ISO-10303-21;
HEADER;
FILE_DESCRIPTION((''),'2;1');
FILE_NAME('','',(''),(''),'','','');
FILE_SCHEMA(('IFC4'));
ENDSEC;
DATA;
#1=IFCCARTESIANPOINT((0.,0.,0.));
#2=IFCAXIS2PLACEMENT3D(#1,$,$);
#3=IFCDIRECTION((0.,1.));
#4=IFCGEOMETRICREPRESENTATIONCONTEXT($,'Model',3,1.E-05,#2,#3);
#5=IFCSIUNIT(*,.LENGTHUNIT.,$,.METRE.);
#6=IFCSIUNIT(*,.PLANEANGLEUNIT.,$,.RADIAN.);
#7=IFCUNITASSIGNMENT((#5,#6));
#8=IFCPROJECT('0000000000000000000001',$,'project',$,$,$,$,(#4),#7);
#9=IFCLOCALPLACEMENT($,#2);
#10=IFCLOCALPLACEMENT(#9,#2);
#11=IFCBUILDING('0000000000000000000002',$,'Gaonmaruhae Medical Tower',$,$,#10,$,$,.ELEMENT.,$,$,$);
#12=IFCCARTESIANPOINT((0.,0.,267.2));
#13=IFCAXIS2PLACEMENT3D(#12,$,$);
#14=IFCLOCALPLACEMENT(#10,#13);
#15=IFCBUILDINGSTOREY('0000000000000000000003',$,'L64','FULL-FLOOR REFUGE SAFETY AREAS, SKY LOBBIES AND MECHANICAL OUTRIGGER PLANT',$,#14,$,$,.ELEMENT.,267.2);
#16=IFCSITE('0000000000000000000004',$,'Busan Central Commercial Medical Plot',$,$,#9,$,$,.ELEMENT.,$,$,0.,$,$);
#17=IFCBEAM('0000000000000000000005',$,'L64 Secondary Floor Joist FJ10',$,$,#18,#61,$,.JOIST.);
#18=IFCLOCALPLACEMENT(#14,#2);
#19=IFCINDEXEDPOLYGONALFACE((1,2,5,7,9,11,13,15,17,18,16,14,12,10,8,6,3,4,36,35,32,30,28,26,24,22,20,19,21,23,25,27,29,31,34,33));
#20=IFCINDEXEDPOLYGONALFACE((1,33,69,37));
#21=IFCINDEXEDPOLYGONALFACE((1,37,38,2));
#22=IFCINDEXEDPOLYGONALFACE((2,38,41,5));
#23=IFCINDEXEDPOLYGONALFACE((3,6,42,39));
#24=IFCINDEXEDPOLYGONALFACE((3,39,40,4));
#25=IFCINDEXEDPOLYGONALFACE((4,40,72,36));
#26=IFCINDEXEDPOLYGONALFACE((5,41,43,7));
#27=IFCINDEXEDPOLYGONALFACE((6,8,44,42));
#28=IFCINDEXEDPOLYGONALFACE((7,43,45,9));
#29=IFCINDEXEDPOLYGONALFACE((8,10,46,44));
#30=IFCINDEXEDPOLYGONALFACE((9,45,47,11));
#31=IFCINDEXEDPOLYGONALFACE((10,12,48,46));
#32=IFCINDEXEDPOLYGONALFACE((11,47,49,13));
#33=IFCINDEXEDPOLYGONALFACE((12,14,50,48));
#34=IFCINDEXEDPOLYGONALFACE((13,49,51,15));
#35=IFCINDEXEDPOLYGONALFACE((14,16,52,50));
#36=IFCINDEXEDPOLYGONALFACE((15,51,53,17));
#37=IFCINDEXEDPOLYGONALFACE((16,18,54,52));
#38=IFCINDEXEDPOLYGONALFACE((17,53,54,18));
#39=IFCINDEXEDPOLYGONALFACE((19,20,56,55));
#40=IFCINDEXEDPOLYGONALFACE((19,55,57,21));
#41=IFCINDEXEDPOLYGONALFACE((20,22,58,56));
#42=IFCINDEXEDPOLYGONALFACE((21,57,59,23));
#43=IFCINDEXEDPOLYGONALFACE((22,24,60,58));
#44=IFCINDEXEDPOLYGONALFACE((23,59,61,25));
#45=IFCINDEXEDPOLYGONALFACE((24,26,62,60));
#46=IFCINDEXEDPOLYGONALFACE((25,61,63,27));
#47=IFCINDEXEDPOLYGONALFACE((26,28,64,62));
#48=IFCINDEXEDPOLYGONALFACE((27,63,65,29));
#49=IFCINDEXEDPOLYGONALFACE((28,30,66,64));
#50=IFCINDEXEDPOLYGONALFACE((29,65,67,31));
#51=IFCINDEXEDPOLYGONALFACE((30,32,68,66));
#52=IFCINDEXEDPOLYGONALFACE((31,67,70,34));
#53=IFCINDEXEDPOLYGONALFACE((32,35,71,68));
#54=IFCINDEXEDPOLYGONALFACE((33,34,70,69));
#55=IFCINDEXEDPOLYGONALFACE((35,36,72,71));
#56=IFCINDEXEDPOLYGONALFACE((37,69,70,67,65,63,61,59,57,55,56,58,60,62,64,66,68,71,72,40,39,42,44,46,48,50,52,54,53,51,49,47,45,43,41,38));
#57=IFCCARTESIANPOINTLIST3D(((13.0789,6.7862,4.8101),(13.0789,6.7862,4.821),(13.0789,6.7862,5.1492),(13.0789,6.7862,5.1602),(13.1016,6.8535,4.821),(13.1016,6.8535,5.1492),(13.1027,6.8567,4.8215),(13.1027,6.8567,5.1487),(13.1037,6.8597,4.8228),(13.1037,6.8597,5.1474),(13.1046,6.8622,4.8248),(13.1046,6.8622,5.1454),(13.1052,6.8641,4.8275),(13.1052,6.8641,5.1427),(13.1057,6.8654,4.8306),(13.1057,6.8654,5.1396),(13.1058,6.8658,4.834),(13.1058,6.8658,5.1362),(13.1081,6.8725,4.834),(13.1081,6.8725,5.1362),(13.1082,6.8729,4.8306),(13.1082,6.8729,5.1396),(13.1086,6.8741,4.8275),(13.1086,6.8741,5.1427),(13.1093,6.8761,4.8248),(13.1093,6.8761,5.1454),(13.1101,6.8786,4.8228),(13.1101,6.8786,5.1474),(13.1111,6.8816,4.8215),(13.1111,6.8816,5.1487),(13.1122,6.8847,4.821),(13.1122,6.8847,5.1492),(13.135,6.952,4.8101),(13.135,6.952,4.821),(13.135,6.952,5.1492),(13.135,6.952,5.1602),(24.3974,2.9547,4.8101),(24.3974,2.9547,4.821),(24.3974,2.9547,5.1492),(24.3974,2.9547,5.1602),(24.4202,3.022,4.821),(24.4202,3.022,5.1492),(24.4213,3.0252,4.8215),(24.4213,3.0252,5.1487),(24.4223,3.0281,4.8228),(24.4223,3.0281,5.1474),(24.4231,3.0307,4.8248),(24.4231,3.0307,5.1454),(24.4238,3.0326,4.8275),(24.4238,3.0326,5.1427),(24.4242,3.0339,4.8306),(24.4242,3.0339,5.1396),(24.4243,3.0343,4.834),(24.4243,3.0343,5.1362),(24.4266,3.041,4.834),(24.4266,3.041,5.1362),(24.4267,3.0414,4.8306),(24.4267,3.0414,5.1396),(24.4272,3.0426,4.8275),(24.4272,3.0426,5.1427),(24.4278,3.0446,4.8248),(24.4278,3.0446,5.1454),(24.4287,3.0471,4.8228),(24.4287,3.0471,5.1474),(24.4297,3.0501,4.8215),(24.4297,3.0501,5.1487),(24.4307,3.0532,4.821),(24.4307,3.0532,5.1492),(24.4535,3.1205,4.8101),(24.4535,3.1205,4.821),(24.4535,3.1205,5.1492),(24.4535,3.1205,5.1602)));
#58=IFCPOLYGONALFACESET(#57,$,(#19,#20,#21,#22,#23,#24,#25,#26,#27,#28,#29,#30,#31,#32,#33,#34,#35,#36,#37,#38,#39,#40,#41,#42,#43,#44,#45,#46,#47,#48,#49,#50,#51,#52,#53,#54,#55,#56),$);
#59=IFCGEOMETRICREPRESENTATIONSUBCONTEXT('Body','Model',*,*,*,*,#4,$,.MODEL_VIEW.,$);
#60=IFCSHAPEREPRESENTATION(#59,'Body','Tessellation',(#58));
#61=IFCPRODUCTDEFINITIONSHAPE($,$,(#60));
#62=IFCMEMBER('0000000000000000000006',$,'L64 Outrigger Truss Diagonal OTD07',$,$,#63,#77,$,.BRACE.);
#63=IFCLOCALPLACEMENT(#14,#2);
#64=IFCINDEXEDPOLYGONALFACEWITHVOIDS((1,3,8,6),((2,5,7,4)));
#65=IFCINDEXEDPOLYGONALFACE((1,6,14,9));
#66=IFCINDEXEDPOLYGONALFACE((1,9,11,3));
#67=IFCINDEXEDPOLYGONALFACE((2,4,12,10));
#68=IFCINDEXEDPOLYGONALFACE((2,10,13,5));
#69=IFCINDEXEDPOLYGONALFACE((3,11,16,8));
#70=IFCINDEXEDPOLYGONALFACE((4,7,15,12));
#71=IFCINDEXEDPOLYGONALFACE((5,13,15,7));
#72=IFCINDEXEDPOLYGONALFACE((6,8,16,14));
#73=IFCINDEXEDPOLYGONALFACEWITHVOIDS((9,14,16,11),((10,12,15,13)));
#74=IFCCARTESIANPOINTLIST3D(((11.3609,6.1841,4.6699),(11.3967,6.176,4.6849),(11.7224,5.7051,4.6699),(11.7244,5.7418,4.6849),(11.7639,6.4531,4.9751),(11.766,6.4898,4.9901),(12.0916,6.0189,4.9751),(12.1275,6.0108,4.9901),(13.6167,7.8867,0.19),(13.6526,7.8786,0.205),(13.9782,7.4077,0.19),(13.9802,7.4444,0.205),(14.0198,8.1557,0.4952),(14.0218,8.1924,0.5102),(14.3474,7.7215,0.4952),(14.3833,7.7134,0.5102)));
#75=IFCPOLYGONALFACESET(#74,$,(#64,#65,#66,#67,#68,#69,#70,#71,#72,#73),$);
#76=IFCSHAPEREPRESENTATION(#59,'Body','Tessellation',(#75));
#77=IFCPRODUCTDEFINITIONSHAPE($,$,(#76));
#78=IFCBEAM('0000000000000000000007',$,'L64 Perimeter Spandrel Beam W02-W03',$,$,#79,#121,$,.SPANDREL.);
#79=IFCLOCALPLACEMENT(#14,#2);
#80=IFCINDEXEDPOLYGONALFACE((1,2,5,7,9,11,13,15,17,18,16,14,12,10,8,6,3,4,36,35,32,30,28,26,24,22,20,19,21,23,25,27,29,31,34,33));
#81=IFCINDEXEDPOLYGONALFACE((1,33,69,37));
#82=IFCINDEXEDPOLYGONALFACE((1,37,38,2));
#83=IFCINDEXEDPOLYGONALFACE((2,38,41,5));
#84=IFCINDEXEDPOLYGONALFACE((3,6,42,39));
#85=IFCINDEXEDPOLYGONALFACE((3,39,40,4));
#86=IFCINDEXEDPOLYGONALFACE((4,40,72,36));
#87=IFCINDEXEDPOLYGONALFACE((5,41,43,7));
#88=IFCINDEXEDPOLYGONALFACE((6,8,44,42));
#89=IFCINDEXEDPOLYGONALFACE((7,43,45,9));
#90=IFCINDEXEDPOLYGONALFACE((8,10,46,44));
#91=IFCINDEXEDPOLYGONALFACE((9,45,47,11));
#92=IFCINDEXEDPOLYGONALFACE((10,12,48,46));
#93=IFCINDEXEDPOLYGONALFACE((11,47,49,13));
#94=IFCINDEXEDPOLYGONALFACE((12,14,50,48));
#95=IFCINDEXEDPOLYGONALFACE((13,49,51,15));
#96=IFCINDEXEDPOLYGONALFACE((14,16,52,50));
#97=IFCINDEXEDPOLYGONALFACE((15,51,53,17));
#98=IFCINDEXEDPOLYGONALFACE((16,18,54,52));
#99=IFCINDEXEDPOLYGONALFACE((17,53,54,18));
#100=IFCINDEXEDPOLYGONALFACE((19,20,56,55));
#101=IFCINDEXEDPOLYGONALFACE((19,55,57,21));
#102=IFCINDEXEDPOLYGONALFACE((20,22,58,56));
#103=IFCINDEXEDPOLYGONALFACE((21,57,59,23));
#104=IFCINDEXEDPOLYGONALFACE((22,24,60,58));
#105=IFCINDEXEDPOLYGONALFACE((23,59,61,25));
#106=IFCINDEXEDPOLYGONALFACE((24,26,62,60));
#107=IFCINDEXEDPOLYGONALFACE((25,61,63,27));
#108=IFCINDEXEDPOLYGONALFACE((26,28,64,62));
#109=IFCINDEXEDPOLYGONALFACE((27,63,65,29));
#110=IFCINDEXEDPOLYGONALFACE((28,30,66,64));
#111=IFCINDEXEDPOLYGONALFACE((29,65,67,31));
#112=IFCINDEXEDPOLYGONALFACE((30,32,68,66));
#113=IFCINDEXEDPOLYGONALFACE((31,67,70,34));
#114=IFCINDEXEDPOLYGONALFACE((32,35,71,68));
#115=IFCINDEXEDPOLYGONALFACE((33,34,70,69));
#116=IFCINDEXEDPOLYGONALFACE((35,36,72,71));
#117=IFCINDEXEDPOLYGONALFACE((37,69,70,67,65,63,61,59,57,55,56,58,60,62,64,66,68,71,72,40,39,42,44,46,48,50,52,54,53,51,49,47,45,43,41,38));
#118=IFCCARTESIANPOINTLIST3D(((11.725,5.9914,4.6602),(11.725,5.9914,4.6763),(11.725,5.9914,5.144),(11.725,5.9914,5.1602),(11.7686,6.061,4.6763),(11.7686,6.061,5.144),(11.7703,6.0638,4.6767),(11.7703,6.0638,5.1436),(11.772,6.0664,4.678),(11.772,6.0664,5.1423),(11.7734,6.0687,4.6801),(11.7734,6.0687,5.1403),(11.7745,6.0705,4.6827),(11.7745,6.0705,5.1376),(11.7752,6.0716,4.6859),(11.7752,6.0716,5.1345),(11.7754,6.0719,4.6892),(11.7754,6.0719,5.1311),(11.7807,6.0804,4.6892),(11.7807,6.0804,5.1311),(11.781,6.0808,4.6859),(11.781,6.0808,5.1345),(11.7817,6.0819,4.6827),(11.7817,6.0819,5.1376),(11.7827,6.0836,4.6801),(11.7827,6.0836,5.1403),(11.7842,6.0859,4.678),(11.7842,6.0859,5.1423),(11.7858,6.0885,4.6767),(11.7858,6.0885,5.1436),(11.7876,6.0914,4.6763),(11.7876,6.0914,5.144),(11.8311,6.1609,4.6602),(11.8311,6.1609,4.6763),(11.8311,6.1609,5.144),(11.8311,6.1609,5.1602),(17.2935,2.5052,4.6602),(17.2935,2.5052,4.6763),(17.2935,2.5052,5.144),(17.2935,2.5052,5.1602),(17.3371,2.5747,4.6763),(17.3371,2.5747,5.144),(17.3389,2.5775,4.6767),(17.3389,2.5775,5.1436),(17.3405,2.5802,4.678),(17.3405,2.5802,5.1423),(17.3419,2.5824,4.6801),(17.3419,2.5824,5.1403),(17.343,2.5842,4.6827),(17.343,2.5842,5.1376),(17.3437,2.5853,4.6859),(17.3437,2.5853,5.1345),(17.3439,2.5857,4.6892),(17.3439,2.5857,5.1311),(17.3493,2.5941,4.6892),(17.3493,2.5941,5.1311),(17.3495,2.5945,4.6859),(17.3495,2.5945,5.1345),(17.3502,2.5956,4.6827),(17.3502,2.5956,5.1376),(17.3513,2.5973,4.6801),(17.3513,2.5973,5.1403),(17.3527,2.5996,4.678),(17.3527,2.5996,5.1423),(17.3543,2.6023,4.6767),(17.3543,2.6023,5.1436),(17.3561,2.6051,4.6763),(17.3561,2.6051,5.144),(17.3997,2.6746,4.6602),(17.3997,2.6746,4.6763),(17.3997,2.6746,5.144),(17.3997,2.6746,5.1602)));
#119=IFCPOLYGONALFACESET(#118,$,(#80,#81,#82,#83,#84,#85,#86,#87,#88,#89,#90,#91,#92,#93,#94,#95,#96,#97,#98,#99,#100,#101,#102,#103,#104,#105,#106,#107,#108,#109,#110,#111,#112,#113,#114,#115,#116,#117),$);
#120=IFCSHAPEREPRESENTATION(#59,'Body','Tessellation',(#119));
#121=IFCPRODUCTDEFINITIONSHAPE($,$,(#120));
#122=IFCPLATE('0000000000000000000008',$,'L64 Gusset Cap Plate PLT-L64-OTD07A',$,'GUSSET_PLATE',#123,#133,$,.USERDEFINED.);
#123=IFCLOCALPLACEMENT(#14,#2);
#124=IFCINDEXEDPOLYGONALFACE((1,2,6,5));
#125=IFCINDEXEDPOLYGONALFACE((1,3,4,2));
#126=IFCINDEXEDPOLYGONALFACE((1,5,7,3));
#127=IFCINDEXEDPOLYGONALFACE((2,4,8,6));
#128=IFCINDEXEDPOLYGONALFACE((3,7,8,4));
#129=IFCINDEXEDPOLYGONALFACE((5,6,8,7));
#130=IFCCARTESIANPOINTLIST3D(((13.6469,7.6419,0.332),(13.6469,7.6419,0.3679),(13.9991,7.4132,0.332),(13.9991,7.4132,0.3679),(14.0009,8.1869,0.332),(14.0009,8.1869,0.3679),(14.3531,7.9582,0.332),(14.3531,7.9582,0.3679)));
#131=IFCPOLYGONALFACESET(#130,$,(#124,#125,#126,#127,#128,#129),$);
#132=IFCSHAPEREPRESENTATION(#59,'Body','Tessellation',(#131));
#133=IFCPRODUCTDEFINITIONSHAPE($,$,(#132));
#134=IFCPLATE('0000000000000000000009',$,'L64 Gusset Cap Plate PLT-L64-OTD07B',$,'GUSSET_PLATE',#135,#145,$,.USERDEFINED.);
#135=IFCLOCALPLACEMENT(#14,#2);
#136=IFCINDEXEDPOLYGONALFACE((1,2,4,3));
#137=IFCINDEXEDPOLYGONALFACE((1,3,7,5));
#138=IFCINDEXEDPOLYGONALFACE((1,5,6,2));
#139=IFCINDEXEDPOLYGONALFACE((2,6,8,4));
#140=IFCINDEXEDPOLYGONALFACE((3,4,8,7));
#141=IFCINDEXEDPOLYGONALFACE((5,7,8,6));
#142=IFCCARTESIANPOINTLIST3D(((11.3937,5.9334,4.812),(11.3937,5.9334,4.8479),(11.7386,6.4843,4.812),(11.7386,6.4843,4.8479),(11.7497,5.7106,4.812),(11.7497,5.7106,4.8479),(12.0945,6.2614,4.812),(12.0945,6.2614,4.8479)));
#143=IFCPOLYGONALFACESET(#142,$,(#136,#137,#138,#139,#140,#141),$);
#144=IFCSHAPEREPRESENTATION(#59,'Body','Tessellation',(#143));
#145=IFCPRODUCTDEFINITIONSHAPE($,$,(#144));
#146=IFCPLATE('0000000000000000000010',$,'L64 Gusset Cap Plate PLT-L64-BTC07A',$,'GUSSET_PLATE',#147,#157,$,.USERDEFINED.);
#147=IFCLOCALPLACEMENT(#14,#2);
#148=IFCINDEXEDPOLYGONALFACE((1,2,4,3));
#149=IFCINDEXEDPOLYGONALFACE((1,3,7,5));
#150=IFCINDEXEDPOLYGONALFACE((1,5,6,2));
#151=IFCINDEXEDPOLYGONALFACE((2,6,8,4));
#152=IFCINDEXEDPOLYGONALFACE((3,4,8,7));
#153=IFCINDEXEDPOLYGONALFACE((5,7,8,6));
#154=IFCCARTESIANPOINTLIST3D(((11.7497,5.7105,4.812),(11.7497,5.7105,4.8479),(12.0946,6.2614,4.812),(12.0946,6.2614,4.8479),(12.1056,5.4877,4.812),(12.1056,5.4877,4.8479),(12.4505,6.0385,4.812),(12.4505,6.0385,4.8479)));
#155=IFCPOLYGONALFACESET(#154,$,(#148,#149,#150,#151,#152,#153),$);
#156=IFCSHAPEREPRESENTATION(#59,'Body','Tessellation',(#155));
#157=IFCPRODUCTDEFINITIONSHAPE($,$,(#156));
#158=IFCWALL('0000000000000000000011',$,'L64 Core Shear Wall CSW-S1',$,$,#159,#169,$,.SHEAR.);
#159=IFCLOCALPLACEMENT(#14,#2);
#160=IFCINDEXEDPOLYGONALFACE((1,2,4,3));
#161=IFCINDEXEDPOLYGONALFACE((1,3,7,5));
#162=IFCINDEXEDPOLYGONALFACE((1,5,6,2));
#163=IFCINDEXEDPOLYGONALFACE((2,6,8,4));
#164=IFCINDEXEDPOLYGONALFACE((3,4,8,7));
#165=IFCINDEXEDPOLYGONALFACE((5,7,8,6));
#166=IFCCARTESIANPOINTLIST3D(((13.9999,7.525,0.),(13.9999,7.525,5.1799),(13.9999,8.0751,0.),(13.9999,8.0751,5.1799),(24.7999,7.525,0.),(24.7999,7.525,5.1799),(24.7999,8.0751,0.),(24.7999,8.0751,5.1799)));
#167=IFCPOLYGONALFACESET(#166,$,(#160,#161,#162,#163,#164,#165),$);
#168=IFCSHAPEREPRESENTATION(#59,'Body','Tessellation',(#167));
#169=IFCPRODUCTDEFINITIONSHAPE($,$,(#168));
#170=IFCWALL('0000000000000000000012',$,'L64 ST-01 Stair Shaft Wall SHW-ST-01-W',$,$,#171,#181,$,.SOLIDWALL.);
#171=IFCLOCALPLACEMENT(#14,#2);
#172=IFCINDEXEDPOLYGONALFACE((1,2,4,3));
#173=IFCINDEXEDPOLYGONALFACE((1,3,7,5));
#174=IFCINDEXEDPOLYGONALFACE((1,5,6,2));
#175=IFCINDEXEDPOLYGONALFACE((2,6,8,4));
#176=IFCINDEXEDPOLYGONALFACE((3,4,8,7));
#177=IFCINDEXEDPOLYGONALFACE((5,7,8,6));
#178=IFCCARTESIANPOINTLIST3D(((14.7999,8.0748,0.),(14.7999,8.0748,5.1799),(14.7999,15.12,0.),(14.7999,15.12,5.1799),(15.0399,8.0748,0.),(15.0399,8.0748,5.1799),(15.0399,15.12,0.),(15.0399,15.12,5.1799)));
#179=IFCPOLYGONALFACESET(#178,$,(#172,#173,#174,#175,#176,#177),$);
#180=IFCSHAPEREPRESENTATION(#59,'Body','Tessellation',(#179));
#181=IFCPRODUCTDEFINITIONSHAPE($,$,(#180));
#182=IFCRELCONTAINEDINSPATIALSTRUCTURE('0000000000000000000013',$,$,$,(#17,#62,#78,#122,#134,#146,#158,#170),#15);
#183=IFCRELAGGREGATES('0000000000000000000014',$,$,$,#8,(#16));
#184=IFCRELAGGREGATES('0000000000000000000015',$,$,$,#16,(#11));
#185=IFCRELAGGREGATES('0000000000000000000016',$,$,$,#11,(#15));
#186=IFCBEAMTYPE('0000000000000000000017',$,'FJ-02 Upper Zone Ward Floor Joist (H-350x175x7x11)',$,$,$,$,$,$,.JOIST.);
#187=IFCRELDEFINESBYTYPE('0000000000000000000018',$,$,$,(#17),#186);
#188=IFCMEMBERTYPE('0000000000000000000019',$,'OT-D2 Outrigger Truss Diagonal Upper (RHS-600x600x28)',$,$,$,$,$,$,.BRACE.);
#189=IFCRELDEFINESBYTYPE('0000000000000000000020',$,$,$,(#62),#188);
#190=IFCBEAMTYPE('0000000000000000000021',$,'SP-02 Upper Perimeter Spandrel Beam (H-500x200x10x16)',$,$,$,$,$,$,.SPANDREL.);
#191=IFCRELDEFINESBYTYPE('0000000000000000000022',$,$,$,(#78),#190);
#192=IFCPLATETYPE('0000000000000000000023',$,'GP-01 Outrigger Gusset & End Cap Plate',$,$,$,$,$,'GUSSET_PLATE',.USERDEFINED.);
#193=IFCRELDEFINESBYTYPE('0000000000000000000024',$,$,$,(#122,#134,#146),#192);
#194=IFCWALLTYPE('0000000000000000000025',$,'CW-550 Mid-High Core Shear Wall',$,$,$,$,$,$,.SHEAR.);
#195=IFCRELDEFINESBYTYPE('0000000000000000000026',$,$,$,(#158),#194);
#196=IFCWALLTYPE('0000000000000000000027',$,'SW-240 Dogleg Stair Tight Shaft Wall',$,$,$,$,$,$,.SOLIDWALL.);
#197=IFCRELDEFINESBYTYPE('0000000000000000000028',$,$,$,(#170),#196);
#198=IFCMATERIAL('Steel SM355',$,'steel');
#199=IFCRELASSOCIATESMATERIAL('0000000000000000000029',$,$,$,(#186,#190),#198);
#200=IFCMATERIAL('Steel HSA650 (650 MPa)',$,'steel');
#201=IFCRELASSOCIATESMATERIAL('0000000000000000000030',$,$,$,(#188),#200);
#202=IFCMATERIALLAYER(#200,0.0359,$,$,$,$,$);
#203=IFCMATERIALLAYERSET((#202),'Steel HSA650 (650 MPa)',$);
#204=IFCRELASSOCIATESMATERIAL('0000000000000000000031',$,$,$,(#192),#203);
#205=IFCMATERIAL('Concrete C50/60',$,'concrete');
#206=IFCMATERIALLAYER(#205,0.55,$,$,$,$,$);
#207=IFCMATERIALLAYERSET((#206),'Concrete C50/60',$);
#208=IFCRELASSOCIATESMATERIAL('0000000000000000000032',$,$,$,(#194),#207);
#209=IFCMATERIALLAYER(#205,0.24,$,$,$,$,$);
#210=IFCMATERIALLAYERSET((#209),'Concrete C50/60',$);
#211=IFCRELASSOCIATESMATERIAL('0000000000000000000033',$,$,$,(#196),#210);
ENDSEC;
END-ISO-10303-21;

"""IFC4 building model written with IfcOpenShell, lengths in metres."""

from ifc_helpers import new_model, si_unit, direction, frame, frame_2d, origin, origin_2d, place, context, subcontext, project, spatial, rectangle, hollow_rectangle, i_section, extrude, material, layer, layer_set, material_profile, profile_set, type_object, element, save


model = new_model("IFC4")

# Units and contexts
model_context = context("Model", 3, precision=1e-05, world=origin(), true_north=direction((0.0, 1.0)))
body_context = subcontext(model_context, "Body", "Model", "MODEL_VIEW")
ifc_project = project(units=[si_unit("LENGTHUNIT", "METRE"), si_unit("PLANEANGLEUNIT", "RADIAN")], contexts=[model_context])

# Site, building, storey
site_placement = place(None, origin())
site = spatial("IfcSite", under=ifc_project, at=site_placement, Name="Busan Central Commercial Medical Plot", CompositionType="ELEMENT", RefElevation=0.0)
building_placement = place(site_placement, origin())
building = spatial("IfcBuilding", under=site, at=building_placement, Name="Gaonmaruhae Medical Tower", CompositionType="ELEMENT")
storey_placement = place(building_placement, frame((0.0, 0.0, 267.2)))
storey = spatial("IfcBuildingStorey", under=building, at=storey_placement, Name="L64", Description="FULL-FLOOR REFUGE SAFETY AREAS, SKY LOBBIES AND MECHANICAL OUTRIGGER PLANT", CompositionType="ELEMENT", Elevation=267.2)

# Shared definitions
ifc_material_1 = material(Name="Concrete C50/60", Category="concrete")
ifc_material_2 = material(Name="Steel HSA650 (650 MPa)", Category="steel")

# Beam
ifc_material_3 = material(Name="Steel SM355", Category="steel")
ifc_material_profile_1 = material_profile(ifc_material_3, i_section(OverallWidth=0.175, OverallDepth=0.3501, WebThickness=0.0071, FlangeThickness=0.011, FilletRadius=0.0129, at=origin_2d()), Name="H-350x175x7x11")
ifc_profile_set_1 = profile_set([ifc_material_profile_1], Name="Steel SM355")
beam_type_1 = type_object("IfcBeamType", Name="FJ-02 Upper Zone Ward Floor Joist (H-350x175x7x11)", PredefinedType="JOIST", material=ifc_profile_set_1)
beam_1_placement = place(storey_placement, frame((13.1069, 6.8691, 4.9851), z_axis=(0.9472, -0.320644, 0.0), x_axis=(0.320644, 0.9472, 0.0)))
element("IfcBeam", 1, at=beam_1_placement, inside=storey, type_object=beam_type_1, Name="L64 Secondary Floor Joist FJ10", PredefinedType="JOIST", context=body_context, shape_type="SweptSolid", body=[
    extrude(i_section(OverallWidth=0.175, OverallDepth=0.3501, WebThickness=0.0071, FlangeThickness=0.011, FilletRadius=0.0129, at=origin_2d()), origin(), (0.0, 0.0, 1.0), 11.9495),
])

# Member
ifc_material_profile_2 = material_profile(ifc_material_2, hollow_rectangle(XDim=0.6001, YDim=0.6001, WallThickness=0.0281, at=origin_2d()), Name="RHS-600x600x28")
ifc_profile_set_2 = profile_set([ifc_material_profile_2], Name="Steel HSA650 (650 MPa)")
member_type_1 = type_object("IfcMemberType", Name="OT-D2 Outrigger Truss Diagonal Upper (RHS-600x600x28)", PredefinedType="BRACE", material=ifc_profile_set_2)
member_1_placement = place(storey_placement, frame((14.0, 7.8, 0.3501), z_axis=(-0.425876, -0.321435, 0.84576), x_axis=(0.60243, -0.798172, 0.0)))
element("IfcMember", 2, at=member_1_placement, inside=storey, type_object=member_type_1, Name="L64 Outrigger Truss Diagonal OTD07", PredefinedType="BRACE", context=body_context, shape_type="SweptSolid", body=[
    extrude(hollow_rectangle(XDim=0.6001, YDim=0.6001, WallThickness=0.0281, at=origin_2d()), origin(), (0.0, 0.0, 1.0), 5.2969),
])

# Beam
ifc_material_profile_3 = material_profile(ifc_material_3, i_section(OverallWidth=0.2, OverallDepth=0.5, WebThickness=0.01, FlangeThickness=0.0161, FilletRadius=0.0129, at=origin_2d()), Name="H-500x200x10x16")
ifc_profile_set_3 = profile_set([ifc_material_profile_3], Name="Steel SM355")
beam_type_2 = type_object("IfcBeamType", Name="SP-02 Upper Perimeter Spandrel Beam (H-500x200x10x16)", PredefinedType="SPANDREL", material=ifc_profile_set_3)
beam_2_placement = place(storey_placement, frame((11.7781, 6.0762, 4.9102), z_axis=(0.847591, -0.53065, 0.0), x_axis=(0.53065, 0.847591, 0.0)))
element("IfcBeam", 3, at=beam_2_placement, inside=storey, type_object=beam_type_2, Name="L64 Perimeter Spandrel Beam W02-W03", PredefinedType="SPANDREL", context=body_context, shape_type="SweptSolid", body=[
    extrude(i_section(OverallWidth=0.2, OverallDepth=0.5, WebThickness=0.01, FlangeThickness=0.0161, FilletRadius=0.0129, at=origin_2d()), origin(), (0.0, 0.0, 1.0), 6.5698),
])

# Plates
ifc_layer_1 = layer(ifc_material_2, 0.0359)
ifc_layer_set_1 = layer_set([ifc_layer_1], Name="Steel HSA650 (650 MPa)")
plate_type = type_object("IfcPlateType", Name="GP-01 Outrigger Gusset & End Cap Plate", ElementType="GUSSET_PLATE", PredefinedType="USERDEFINED", material=ifc_layer_set_1)
for number, where, z_axis, x_axis, name in (
    (4, (14.0, 7.8, 0.332), (0.0, 0.0, 1.0), (0.544639, 0.838671, 0.0), "L64 Gusset Cap Plate PLT-L64-OTD07A"),
    (5, (11.7441, 6.0974, 4.812), (0.0, 0.0, 1.0), (0.530659, 0.847585, 0.0), "L64 Gusset Cap Plate PLT-L64-OTD07B"),
    (6, (12.1001, 5.8745, 4.812), (0.0, 0.0, 1.0), (0.530659, 0.847585, 0.0), "L64 Gusset Cap Plate PLT-L64-BTC07A"),
):
    element("IfcPlate", number, at=place(storey_placement, frame(where, z_axis=z_axis, x_axis=x_axis)), inside=storey, type_object=plate_type, Name=name, ObjectType="GUSSET_PLATE", PredefinedType="USERDEFINED", context=body_context, shape_type="SweptSolid", body=[
        extrude(rectangle(XDim=0.6499, YDim=0.4199, at=origin_2d()), origin(), (0.0, 0.0, 1.0), 0.0359),
    ])

# Walls
ifc_layer_2 = layer(ifc_material_1, 0.55)
ifc_layer_set_2 = layer_set([ifc_layer_2], Name="Concrete C50/60")
wall_type_1 = type_object("IfcWallType", Name="CW-550 Mid-High Core Shear Wall", PredefinedType="SHEAR", material=ifc_layer_set_2)
wall_1_placement = place(storey_placement, frame((14.0, 7.8, 0.0), z_axis=(0.0, 0.0, 1.0), x_axis=(1.0, 0.0, 0.0)))
element("IfcWall", 7, at=wall_1_placement, inside=storey, type_object=wall_type_1, Name="L64 Core Shear Wall CSW-S1", PredefinedType="SHEAR", context=body_context, shape_type="SweptSolid", body=[
    extrude(rectangle(XDim=10.8, YDim=0.55, at=frame_2d((5.3999, 0.0))), origin(), (0.0, 0.0, 1.0), 5.1799),
])
ifc_layer_3 = layer(ifc_material_1, 0.24)
ifc_layer_set_3 = layer_set([ifc_layer_3], Name="Concrete C50/60")
wall_type_2 = type_object("IfcWallType", Name="SW-240 Dogleg Stair Tight Shaft Wall", PredefinedType="SOLIDWALL", material=ifc_layer_set_3)
wall_2_placement = place(storey_placement, frame((14.9199, 8.075, 0.0), z_axis=(0.0, 0.0, 1.0), x_axis=(0.0, 1.0, 0.0)))
element("IfcWall", 8, at=wall_2_placement, inside=storey, type_object=wall_type_2, Name="L64 ST-01 Stair Shaft Wall SHW-ST-01-W", PredefinedType="SOLIDWALL", context=body_context, shape_type="SweptSolid", body=[
    extrude(rectangle(XDim=7.0452, YDim=0.24, at=frame_2d((3.5225, 0.0))), origin(), (0.0, 0.0, 1.0), 5.1799),
])

save(model, "model.ifc")
